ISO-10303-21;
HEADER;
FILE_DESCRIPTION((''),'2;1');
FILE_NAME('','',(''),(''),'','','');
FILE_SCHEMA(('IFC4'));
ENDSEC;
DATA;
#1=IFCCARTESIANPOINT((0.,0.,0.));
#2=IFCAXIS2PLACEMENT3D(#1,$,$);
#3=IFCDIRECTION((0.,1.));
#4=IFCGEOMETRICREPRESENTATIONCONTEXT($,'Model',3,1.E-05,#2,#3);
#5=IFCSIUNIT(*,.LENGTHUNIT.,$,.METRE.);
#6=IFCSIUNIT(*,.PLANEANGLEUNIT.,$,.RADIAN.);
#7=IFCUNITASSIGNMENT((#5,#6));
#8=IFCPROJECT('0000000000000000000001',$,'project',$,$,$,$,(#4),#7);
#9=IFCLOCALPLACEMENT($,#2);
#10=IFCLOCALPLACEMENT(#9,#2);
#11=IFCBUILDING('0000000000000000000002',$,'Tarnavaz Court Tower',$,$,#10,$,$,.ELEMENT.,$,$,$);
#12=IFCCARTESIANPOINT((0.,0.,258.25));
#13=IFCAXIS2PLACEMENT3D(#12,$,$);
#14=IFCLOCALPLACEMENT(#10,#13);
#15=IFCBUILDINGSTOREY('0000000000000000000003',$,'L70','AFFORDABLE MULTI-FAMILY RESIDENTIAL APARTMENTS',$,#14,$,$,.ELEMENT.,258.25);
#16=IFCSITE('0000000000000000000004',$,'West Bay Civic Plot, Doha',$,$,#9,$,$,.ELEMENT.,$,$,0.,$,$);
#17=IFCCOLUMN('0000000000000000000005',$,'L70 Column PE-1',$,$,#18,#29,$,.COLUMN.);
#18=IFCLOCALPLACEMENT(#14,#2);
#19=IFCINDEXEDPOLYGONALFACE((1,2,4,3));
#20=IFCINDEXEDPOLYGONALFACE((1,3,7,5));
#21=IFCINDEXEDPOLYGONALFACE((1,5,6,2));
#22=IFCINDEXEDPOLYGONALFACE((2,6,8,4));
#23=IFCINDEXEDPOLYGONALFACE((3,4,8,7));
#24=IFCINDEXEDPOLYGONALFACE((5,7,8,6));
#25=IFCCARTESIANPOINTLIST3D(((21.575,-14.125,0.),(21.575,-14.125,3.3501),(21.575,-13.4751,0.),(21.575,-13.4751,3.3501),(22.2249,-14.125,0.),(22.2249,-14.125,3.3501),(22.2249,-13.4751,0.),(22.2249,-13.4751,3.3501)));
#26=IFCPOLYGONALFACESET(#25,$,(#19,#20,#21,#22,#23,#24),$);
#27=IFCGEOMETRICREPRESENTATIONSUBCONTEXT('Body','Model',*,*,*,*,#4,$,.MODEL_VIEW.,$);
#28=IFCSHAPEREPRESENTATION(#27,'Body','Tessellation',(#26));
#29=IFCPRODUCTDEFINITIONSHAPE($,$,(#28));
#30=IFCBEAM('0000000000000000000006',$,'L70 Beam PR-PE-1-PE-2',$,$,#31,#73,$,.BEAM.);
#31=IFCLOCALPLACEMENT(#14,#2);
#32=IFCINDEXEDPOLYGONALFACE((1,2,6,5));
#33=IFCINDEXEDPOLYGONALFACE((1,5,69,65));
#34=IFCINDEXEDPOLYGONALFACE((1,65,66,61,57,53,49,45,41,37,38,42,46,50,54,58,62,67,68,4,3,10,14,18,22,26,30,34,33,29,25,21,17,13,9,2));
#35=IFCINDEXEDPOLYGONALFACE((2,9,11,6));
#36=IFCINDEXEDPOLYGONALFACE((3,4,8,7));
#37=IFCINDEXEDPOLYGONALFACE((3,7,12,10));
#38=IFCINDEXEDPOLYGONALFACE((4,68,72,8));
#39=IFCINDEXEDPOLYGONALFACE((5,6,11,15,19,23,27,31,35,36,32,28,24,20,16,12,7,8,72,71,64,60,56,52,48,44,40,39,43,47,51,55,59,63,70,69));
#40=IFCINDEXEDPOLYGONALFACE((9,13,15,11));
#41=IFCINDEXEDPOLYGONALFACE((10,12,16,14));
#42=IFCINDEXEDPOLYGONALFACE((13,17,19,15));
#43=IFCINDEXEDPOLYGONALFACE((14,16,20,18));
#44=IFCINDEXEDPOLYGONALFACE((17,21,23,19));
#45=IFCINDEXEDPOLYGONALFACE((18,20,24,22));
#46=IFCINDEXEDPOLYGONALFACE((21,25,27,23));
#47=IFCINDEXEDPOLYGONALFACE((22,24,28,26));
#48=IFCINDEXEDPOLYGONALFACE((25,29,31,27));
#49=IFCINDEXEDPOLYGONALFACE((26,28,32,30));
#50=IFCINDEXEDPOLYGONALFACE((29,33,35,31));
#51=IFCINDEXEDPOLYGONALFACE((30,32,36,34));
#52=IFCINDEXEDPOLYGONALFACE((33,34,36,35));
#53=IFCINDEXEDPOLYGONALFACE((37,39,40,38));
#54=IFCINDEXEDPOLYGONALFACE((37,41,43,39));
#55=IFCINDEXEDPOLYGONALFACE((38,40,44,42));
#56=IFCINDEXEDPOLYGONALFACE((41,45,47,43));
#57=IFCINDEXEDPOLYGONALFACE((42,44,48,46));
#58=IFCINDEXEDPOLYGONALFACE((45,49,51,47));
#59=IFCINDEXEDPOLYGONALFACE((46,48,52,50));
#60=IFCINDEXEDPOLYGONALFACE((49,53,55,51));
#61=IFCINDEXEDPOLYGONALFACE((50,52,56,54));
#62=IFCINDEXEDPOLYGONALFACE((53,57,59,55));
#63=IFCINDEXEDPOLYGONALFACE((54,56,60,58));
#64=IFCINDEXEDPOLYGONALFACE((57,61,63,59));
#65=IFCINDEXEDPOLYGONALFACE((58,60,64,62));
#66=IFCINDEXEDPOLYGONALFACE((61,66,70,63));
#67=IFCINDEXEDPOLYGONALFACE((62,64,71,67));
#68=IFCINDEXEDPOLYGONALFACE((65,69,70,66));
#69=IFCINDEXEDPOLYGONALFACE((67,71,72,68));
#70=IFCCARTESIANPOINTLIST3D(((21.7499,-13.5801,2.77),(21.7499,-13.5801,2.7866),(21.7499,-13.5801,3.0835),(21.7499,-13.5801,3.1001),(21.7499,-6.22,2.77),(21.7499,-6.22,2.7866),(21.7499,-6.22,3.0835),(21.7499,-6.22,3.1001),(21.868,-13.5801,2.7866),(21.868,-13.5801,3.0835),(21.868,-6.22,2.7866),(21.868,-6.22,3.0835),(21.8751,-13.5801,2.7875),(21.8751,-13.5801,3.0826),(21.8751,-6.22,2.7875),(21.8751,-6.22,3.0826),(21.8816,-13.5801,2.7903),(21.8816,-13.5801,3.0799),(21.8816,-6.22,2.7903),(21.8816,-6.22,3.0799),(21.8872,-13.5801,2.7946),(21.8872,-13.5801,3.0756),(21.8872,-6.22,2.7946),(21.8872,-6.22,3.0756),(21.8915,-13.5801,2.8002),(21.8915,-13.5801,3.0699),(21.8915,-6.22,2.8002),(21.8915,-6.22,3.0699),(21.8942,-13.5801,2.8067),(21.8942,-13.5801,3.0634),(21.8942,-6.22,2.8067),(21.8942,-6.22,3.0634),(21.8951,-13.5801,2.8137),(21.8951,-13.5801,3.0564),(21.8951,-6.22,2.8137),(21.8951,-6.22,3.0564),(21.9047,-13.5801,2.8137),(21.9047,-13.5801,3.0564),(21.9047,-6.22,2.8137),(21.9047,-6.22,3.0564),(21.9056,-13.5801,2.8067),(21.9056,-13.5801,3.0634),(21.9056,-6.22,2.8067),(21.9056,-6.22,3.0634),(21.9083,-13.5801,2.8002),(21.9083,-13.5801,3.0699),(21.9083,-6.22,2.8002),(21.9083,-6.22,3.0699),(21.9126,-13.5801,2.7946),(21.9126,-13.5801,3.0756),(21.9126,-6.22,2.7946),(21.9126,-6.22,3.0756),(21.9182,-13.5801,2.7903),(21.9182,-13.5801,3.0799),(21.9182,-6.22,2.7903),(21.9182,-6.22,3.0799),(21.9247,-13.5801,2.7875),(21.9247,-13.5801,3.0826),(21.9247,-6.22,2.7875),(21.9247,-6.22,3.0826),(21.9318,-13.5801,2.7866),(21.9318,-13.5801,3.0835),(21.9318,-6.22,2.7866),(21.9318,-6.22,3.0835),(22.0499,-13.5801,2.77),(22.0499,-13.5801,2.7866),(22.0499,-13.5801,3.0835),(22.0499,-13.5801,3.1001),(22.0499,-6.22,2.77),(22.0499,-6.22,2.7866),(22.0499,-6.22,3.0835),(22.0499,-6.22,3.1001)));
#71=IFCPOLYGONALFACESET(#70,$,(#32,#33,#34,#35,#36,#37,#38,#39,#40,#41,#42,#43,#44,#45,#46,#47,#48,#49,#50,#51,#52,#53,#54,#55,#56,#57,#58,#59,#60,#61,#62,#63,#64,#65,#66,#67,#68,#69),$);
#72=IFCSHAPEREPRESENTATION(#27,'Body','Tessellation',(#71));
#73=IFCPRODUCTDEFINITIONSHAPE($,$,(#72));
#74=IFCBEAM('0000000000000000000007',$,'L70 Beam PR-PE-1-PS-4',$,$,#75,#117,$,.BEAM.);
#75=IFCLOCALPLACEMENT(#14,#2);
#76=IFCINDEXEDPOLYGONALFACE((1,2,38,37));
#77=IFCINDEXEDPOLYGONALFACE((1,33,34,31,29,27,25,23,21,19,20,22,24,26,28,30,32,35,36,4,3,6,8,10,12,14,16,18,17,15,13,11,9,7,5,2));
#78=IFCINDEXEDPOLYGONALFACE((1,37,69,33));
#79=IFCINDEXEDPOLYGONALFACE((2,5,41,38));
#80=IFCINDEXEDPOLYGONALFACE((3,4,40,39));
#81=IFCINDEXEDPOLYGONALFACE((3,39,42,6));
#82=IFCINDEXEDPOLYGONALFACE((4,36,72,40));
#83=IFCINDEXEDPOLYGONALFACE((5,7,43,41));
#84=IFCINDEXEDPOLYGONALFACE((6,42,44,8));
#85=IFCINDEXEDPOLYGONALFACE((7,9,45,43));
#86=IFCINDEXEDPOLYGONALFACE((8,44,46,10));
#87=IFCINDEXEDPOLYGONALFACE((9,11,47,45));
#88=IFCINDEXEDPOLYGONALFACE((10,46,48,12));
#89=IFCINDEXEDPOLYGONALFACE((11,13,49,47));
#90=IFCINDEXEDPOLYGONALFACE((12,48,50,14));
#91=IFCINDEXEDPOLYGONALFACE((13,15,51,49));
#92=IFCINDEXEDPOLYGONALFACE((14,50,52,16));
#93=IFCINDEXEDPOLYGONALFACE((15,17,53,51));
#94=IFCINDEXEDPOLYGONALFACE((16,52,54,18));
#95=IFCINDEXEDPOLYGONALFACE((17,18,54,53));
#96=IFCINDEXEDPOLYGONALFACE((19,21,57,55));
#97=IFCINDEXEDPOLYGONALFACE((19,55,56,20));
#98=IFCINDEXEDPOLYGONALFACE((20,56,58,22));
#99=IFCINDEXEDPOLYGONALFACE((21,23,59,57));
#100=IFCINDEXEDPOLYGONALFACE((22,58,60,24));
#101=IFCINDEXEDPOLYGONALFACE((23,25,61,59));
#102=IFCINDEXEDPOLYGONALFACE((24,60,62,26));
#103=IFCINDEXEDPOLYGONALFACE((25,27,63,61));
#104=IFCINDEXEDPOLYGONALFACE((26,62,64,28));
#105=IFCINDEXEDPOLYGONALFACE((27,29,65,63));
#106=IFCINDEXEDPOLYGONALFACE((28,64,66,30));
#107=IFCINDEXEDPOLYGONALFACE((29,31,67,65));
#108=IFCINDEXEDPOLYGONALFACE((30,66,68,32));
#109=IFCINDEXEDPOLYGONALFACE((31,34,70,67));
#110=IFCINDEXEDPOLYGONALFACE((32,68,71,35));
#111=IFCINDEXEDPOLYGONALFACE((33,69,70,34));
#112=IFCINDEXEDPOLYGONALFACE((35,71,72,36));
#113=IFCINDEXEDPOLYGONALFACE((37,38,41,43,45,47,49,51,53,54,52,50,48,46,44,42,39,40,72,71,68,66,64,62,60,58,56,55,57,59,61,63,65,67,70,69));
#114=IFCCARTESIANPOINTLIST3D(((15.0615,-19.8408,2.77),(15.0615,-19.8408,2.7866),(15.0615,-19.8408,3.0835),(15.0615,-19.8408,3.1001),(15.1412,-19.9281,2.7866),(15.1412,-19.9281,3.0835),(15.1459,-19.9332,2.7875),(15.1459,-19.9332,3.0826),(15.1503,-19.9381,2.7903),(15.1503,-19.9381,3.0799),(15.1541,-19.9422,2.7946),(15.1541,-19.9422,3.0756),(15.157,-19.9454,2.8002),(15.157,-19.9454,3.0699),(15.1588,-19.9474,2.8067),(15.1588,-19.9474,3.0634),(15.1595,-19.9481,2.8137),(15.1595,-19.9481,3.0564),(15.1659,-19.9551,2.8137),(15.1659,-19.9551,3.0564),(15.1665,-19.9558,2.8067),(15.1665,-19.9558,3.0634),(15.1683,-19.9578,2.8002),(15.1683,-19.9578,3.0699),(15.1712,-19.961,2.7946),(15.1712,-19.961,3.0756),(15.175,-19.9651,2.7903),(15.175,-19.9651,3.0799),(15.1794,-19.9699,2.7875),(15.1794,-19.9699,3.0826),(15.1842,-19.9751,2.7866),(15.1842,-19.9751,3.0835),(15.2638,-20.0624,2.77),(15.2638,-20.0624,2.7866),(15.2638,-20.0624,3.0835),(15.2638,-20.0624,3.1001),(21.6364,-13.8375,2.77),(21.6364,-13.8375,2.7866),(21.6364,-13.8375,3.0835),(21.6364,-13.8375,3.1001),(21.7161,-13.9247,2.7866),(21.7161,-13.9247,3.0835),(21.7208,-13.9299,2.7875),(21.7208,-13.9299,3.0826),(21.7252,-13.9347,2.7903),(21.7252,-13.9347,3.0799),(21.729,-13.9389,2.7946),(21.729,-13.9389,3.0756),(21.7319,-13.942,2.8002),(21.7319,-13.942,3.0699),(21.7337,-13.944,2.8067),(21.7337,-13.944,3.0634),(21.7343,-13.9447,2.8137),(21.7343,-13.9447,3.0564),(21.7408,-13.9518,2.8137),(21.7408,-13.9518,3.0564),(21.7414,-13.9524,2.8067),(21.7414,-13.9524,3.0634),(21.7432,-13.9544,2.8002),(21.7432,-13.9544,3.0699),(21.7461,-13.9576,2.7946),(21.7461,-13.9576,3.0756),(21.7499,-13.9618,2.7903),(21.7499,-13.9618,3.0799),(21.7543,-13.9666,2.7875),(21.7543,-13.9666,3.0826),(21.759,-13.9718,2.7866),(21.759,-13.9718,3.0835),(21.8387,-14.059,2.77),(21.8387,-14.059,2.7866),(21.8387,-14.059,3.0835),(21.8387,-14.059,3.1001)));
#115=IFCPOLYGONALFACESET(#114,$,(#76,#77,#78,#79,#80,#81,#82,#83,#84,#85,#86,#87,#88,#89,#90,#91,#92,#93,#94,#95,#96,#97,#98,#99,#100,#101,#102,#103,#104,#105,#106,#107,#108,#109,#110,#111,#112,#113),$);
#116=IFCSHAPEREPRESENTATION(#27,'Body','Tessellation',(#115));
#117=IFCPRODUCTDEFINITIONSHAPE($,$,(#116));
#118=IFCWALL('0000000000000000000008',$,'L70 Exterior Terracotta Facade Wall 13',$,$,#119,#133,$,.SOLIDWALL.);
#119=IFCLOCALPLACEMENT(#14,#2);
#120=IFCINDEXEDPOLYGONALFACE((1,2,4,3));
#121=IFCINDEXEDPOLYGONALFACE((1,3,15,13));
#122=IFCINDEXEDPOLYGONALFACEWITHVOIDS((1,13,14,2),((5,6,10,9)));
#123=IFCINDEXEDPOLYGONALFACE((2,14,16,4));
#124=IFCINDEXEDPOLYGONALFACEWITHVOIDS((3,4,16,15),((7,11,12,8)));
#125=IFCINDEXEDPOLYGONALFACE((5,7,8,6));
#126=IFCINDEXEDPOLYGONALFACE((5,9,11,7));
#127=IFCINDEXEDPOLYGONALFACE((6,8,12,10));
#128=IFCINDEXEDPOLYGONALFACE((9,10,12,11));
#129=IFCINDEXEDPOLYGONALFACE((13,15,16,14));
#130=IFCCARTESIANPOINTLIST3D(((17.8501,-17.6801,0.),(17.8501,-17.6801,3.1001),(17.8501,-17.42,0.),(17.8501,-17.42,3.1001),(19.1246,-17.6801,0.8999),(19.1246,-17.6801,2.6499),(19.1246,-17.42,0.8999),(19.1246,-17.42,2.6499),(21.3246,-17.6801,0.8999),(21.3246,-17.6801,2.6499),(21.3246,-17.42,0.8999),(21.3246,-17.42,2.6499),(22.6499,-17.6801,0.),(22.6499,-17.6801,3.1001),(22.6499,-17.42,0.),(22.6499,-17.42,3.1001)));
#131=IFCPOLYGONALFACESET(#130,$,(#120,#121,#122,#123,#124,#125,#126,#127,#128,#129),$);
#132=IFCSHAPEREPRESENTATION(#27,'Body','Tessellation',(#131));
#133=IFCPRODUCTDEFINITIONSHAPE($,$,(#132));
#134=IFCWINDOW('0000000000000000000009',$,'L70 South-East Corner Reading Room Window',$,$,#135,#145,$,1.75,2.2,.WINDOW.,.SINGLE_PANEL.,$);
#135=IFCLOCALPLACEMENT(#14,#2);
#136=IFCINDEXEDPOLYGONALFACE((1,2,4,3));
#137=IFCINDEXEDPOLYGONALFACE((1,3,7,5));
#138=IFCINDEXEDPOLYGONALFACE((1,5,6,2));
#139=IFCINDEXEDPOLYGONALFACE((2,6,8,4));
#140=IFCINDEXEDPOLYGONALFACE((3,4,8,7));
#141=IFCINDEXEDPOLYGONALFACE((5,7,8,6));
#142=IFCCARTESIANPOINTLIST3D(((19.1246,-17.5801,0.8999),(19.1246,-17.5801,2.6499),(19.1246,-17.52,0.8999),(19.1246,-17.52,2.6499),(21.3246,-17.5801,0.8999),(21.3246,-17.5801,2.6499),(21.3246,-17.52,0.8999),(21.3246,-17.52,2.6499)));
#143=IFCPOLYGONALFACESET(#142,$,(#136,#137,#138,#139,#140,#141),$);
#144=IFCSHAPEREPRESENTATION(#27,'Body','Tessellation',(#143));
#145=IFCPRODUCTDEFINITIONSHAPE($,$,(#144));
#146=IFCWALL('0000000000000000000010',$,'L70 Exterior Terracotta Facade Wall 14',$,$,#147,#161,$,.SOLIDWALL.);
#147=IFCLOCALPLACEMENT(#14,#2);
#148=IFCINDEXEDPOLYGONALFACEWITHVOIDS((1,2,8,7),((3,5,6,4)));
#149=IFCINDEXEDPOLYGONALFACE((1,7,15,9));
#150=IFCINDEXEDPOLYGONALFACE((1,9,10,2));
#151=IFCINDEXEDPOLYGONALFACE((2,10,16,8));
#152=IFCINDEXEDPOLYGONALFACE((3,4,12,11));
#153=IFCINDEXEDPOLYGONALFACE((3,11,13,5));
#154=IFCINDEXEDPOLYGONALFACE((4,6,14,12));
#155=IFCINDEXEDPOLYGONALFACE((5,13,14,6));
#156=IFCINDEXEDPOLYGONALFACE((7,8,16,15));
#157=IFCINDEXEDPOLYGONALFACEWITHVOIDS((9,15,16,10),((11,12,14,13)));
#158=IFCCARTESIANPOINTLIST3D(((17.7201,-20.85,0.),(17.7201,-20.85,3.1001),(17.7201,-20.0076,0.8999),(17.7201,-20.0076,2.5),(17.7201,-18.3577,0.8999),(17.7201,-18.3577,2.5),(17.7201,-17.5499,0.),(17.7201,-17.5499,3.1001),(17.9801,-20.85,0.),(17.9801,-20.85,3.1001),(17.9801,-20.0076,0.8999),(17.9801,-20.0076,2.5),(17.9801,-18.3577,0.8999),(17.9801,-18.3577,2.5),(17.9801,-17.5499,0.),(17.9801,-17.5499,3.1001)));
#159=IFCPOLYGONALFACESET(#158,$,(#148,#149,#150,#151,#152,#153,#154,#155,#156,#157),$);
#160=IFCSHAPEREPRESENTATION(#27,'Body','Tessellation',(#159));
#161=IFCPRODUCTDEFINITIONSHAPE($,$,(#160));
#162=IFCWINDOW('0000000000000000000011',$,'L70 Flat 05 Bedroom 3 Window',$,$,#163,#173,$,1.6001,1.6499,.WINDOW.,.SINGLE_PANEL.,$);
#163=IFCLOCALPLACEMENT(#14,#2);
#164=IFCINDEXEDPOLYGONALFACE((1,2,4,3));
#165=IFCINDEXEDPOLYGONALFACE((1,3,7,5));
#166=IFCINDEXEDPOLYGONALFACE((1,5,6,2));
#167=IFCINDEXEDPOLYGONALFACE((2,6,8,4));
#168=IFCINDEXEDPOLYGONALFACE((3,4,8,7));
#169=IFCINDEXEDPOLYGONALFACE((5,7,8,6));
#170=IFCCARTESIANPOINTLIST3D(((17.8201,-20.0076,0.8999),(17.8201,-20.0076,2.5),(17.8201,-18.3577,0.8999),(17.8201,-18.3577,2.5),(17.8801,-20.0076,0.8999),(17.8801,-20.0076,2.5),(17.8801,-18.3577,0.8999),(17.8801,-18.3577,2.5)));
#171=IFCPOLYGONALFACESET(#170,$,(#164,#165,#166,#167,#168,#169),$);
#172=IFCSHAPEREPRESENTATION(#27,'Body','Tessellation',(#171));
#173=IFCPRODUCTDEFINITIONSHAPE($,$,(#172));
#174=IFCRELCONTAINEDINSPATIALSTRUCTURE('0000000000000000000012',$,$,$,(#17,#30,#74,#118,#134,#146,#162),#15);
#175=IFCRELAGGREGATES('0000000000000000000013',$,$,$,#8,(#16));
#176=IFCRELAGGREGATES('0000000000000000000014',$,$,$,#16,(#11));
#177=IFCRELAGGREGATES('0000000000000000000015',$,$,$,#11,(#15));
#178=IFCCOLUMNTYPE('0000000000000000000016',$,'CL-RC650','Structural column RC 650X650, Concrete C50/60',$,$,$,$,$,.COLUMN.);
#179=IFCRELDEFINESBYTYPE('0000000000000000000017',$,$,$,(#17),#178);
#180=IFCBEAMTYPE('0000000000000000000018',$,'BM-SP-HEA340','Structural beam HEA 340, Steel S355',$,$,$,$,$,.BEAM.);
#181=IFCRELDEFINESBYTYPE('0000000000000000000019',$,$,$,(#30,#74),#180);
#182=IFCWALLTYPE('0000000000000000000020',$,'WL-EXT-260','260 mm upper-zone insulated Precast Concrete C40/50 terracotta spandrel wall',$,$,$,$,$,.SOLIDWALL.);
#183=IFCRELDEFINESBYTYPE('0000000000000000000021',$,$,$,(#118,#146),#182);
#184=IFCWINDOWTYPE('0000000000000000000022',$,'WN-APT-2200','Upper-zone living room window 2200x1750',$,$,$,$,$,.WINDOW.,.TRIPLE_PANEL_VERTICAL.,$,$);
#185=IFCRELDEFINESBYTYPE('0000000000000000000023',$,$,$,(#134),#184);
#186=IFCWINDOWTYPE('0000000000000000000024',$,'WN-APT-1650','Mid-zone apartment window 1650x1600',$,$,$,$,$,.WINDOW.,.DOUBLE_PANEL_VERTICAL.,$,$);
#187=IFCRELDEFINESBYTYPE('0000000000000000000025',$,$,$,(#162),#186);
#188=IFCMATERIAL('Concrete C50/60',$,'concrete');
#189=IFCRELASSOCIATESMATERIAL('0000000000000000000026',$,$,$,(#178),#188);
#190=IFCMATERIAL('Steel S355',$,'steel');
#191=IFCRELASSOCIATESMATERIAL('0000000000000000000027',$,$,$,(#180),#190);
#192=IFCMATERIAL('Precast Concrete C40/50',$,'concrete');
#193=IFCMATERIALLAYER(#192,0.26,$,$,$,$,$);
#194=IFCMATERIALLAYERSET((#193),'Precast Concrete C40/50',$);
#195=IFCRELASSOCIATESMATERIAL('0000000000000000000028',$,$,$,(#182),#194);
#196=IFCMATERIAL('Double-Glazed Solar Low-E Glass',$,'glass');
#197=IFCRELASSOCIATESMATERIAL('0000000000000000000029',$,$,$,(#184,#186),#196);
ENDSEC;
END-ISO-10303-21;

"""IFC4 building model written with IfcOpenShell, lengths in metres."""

from ifc_helpers import new_model, si_unit, direction, frame, frame_2d, origin, origin_2d, place, context, subcontext, project, spatial, rectangle, i_section, extrude, material, layer, layer_set, material_profile, profile_set, type_object, element, fill, save


model = new_model("IFC4")

# Units and contexts
model_context = context("Model", 3, precision=1e-05, world=origin(), true_north=direction((0.0, 1.0)))
body_context = subcontext(model_context, "Body", "Model", "MODEL_VIEW")
ifc_project = project(units=[si_unit("LENGTHUNIT", "METRE"), si_unit("PLANEANGLEUNIT", "RADIAN")], contexts=[model_context])

# Site, building, storey
site_placement = place(None, origin())
site = spatial("IfcSite", under=ifc_project, at=site_placement, Name="West Bay Civic Plot, Doha", CompositionType="ELEMENT", RefElevation=0.0)
building_placement = place(site_placement, origin())
building = spatial("IfcBuilding", under=site, at=building_placement, Name="Tarnavaz Court Tower", CompositionType="ELEMENT")
storey_placement = place(building_placement, frame((0.0, 0.0, 258.25)))
storey = spatial("IfcBuildingStorey", under=building, at=storey_placement, Name="L70", Description="AFFORDABLE MULTI-FAMILY RESIDENTIAL APARTMENTS", CompositionType="ELEMENT", Elevation=258.25)

# Column
ifc_material_1 = material(Name="Concrete C50/60", Category="concrete")
ifc_material_profile_1 = material_profile(ifc_material_1, rectangle(XDim=0.6499, YDim=0.6499, at=origin_2d()), Name="RC 650X650")
ifc_profile_set_1 = profile_set([ifc_material_profile_1], Name="Concrete C50/60")
column_type = type_object("IfcColumnType", Name="CL-RC650", Description="Structural column RC 650X650, Concrete C50/60", PredefinedType="COLUMN", material=ifc_profile_set_1)
column_placement = place(storey_placement, frame((21.8999, -13.8, 0.0), z_axis=(0.0, 0.0, 1.0), x_axis=(1.0, 0.0, 0.0)))
element("IfcColumn", 1, at=column_placement, inside=storey, type_object=column_type, Name="L70 Column PE-1", PredefinedType="COLUMN", context=body_context, shape_type="SweptSolid", body=[
    extrude(rectangle(XDim=0.6499, YDim=0.6499, at=origin_2d()), origin(), (0.0, 0.0, 1.0), 3.3501),
])

# Beams
ifc_material_2 = material(Name="Steel S355", Category="steel")
ifc_material_profile_2 = material_profile(ifc_material_2, i_section(OverallWidth=0.3, OverallDepth=0.3301, WebThickness=0.0095, FlangeThickness=0.0166, FilletRadius=0.0271, at=origin_2d()), Name="HEA 340")
ifc_profile_set_2 = profile_set([ifc_material_profile_2], Name="Steel S355")
beam_type = type_object("IfcBeamType", Name="BM-SP-HEA340", Description="Structural beam HEA 340, Steel S355", PredefinedType="BEAM", material=ifc_profile_set_2)
beam_1_placement = place(storey_placement, frame((21.8999, -13.5801, 2.9351), z_axis=(0.0, 1.0, 0.0), x_axis=(-1.0, 0.0, 0.0)))
element("IfcBeam", 2, at=beam_1_placement, inside=storey, type_object=beam_type, Name="L70 Beam PR-PE-1-PE-2", PredefinedType="BEAM", context=body_context, shape_type="SweptSolid", body=[
    extrude(i_section(OverallWidth=0.3, OverallDepth=0.3301, WebThickness=0.0095, FlangeThickness=0.0166, FilletRadius=0.0271, at=origin_2d()), origin(), (0.0, 0.0, 1.0), 7.3601),
])
beam_2_placement = place(storey_placement, frame((21.7375, -13.9482, 2.9351), z_axis=(-0.738474, -0.674282, 0.0), x_axis=(0.674282, -0.738474, 0.0)))
element("IfcBeam", 3, at=beam_2_placement, inside=storey, type_object=beam_type, Name="L70 Beam PR-PE-1-PS-4", PredefinedType="BEAM", context=body_context, shape_type="SweptSolid", body=[
    extrude(i_section(OverallWidth=0.3, OverallDepth=0.3301, WebThickness=0.0095, FlangeThickness=0.0166, FilletRadius=0.0271, at=origin_2d()), origin(), (0.0, 0.0, 1.0), 8.9033),
])

# Walls, openings, windows
ifc_material_3 = material(Name="Precast Concrete C40/50", Category="concrete")
ifc_layer_1 = layer(ifc_material_3, 0.26)
ifc_layer_set_1 = layer_set([ifc_layer_1], Name="Precast Concrete C40/50")
wall_type_1 = type_object("IfcWallType", Name="WL-EXT-260", Description="260 mm upper-zone insulated Precast Concrete C40/50 terracotta spandrel wall", PredefinedType="SOLIDWALL", material=ifc_layer_set_1)
wall_1_placement = place(storey_placement, frame((22.6499, -17.55, 0.0), z_axis=(0.0, 0.0, 1.0), x_axis=(-1.0, 0.0, 0.0)))
wall_1 = element("IfcWall", 4, at=wall_1_placement, inside=storey, type_object=wall_type_1, Name="L70 Exterior Terracotta Facade Wall 13", PredefinedType="SOLIDWALL", context=body_context, shape_type="SweptSolid", body=[
    extrude(rectangle(XDim=4.7998, YDim=0.26, at=frame_2d((2.3999, 0.0))), origin(), (0.0, 0.0, 1.0), 3.1001),
])
opening_1_placement = place(wall_1_placement, frame((1.3252, 0.0, 0.8999)))
opening_1 = element("IfcOpeningElement", 5, at=opening_1_placement, cuts=wall_1, PredefinedType="OPENING", context=body_context, shape_type="SweptSolid", body=[
    extrude(rectangle(XDim=2.2, YDim=1.75, at=frame_2d((1.1001, 0.875))), frame((0.0, 0.1399, 0.0), z_axis=(0.0, -1.0, 0.0), x_axis=(1.0, 0.0, 0.0)), (0.0, 0.0, 1.0), 0.28),
])
ifc_material_4 = material(Name="Double-Glazed Solar Low-E Glass", Category="glass")
window_type_1 = type_object("IfcWindowType", Name="WN-APT-2200", Description="Upper-zone living room window 2200x1750", PartitioningType="TRIPLE_PANEL_VERTICAL", PredefinedType="WINDOW", material=ifc_material_4)
window_1_placement = place(opening_1_placement, origin())
window_1 = element("IfcWindow", 6, at=window_1_placement, inside=storey, type_object=window_type_1, Name="L70 South-East Corner Reading Room Window", OverallHeight=1.75, OverallWidth=2.2, PartitioningType="SINGLE_PANEL", PredefinedType="WINDOW", context=body_context, shape_type="SweptSolid", body=[
    extrude(rectangle(XDim=2.2, YDim=1.75, at=frame_2d((1.1001, 0.875))), frame((0.0, 0.03, 0.0), z_axis=(0.0, -1.0, 0.0), x_axis=(1.0, 0.0, 0.0)), (0.0, 0.0, 1.0), 0.0601),
])
fill(opening_1, window_1)
wall_2_placement = place(storey_placement, frame((17.8501, -17.55, 0.0), z_axis=(0.0, 0.0, 1.0), x_axis=(0.0, -1.0, 0.0)))
wall_2 = element("IfcWall", 7, at=wall_2_placement, inside=storey, type_object=wall_type_1, Name="L70 Exterior Terracotta Facade Wall 14", PredefinedType="SOLIDWALL", context=body_context, shape_type="SweptSolid", body=[
    extrude(rectangle(XDim=3.3, YDim=0.26, at=frame_2d((1.6499, 0.0))), origin(), (0.0, 0.0, 1.0), 3.1001),
])
opening_2_placement = place(wall_2_placement, frame((0.8076, 0.0, 0.8999)))
opening_2 = element("IfcOpeningElement", 8, at=opening_2_placement, cuts=wall_2, PredefinedType="OPENING", context=body_context, shape_type="SweptSolid", body=[
    extrude(rectangle(XDim=1.6499, YDim=1.6001, at=frame_2d((0.825, 0.8))), frame((0.0, 0.1399, 0.0), z_axis=(0.0, -1.0, 0.0), x_axis=(1.0, 0.0, 0.0)), (0.0, 0.0, 1.0), 0.28),
])
window_type_2 = type_object("IfcWindowType", Name="WN-APT-1650", Description="Mid-zone apartment window 1650x1600", PartitioningType="DOUBLE_PANEL_VERTICAL", PredefinedType="WINDOW", material=ifc_material_4)
window_2_placement = place(opening_2_placement, origin())
window_2 = element("IfcWindow", 9, at=window_2_placement, inside=storey, type_object=window_type_2, Name="L70 Flat 05 Bedroom 3 Window", OverallHeight=1.6001, OverallWidth=1.6499, PartitioningType="SINGLE_PANEL", PredefinedType="WINDOW", context=body_context, shape_type="SweptSolid", body=[
    extrude(rectangle(XDim=1.6499, YDim=1.6001, at=frame_2d((0.825, 0.8))), frame((0.0, 0.03, 0.0), z_axis=(0.0, -1.0, 0.0), x_axis=(1.0, 0.0, 0.0)), (0.0, 0.0, 1.0), 0.0601),
])
fill(opening_2, window_2)

save(model, "model.ifc")
